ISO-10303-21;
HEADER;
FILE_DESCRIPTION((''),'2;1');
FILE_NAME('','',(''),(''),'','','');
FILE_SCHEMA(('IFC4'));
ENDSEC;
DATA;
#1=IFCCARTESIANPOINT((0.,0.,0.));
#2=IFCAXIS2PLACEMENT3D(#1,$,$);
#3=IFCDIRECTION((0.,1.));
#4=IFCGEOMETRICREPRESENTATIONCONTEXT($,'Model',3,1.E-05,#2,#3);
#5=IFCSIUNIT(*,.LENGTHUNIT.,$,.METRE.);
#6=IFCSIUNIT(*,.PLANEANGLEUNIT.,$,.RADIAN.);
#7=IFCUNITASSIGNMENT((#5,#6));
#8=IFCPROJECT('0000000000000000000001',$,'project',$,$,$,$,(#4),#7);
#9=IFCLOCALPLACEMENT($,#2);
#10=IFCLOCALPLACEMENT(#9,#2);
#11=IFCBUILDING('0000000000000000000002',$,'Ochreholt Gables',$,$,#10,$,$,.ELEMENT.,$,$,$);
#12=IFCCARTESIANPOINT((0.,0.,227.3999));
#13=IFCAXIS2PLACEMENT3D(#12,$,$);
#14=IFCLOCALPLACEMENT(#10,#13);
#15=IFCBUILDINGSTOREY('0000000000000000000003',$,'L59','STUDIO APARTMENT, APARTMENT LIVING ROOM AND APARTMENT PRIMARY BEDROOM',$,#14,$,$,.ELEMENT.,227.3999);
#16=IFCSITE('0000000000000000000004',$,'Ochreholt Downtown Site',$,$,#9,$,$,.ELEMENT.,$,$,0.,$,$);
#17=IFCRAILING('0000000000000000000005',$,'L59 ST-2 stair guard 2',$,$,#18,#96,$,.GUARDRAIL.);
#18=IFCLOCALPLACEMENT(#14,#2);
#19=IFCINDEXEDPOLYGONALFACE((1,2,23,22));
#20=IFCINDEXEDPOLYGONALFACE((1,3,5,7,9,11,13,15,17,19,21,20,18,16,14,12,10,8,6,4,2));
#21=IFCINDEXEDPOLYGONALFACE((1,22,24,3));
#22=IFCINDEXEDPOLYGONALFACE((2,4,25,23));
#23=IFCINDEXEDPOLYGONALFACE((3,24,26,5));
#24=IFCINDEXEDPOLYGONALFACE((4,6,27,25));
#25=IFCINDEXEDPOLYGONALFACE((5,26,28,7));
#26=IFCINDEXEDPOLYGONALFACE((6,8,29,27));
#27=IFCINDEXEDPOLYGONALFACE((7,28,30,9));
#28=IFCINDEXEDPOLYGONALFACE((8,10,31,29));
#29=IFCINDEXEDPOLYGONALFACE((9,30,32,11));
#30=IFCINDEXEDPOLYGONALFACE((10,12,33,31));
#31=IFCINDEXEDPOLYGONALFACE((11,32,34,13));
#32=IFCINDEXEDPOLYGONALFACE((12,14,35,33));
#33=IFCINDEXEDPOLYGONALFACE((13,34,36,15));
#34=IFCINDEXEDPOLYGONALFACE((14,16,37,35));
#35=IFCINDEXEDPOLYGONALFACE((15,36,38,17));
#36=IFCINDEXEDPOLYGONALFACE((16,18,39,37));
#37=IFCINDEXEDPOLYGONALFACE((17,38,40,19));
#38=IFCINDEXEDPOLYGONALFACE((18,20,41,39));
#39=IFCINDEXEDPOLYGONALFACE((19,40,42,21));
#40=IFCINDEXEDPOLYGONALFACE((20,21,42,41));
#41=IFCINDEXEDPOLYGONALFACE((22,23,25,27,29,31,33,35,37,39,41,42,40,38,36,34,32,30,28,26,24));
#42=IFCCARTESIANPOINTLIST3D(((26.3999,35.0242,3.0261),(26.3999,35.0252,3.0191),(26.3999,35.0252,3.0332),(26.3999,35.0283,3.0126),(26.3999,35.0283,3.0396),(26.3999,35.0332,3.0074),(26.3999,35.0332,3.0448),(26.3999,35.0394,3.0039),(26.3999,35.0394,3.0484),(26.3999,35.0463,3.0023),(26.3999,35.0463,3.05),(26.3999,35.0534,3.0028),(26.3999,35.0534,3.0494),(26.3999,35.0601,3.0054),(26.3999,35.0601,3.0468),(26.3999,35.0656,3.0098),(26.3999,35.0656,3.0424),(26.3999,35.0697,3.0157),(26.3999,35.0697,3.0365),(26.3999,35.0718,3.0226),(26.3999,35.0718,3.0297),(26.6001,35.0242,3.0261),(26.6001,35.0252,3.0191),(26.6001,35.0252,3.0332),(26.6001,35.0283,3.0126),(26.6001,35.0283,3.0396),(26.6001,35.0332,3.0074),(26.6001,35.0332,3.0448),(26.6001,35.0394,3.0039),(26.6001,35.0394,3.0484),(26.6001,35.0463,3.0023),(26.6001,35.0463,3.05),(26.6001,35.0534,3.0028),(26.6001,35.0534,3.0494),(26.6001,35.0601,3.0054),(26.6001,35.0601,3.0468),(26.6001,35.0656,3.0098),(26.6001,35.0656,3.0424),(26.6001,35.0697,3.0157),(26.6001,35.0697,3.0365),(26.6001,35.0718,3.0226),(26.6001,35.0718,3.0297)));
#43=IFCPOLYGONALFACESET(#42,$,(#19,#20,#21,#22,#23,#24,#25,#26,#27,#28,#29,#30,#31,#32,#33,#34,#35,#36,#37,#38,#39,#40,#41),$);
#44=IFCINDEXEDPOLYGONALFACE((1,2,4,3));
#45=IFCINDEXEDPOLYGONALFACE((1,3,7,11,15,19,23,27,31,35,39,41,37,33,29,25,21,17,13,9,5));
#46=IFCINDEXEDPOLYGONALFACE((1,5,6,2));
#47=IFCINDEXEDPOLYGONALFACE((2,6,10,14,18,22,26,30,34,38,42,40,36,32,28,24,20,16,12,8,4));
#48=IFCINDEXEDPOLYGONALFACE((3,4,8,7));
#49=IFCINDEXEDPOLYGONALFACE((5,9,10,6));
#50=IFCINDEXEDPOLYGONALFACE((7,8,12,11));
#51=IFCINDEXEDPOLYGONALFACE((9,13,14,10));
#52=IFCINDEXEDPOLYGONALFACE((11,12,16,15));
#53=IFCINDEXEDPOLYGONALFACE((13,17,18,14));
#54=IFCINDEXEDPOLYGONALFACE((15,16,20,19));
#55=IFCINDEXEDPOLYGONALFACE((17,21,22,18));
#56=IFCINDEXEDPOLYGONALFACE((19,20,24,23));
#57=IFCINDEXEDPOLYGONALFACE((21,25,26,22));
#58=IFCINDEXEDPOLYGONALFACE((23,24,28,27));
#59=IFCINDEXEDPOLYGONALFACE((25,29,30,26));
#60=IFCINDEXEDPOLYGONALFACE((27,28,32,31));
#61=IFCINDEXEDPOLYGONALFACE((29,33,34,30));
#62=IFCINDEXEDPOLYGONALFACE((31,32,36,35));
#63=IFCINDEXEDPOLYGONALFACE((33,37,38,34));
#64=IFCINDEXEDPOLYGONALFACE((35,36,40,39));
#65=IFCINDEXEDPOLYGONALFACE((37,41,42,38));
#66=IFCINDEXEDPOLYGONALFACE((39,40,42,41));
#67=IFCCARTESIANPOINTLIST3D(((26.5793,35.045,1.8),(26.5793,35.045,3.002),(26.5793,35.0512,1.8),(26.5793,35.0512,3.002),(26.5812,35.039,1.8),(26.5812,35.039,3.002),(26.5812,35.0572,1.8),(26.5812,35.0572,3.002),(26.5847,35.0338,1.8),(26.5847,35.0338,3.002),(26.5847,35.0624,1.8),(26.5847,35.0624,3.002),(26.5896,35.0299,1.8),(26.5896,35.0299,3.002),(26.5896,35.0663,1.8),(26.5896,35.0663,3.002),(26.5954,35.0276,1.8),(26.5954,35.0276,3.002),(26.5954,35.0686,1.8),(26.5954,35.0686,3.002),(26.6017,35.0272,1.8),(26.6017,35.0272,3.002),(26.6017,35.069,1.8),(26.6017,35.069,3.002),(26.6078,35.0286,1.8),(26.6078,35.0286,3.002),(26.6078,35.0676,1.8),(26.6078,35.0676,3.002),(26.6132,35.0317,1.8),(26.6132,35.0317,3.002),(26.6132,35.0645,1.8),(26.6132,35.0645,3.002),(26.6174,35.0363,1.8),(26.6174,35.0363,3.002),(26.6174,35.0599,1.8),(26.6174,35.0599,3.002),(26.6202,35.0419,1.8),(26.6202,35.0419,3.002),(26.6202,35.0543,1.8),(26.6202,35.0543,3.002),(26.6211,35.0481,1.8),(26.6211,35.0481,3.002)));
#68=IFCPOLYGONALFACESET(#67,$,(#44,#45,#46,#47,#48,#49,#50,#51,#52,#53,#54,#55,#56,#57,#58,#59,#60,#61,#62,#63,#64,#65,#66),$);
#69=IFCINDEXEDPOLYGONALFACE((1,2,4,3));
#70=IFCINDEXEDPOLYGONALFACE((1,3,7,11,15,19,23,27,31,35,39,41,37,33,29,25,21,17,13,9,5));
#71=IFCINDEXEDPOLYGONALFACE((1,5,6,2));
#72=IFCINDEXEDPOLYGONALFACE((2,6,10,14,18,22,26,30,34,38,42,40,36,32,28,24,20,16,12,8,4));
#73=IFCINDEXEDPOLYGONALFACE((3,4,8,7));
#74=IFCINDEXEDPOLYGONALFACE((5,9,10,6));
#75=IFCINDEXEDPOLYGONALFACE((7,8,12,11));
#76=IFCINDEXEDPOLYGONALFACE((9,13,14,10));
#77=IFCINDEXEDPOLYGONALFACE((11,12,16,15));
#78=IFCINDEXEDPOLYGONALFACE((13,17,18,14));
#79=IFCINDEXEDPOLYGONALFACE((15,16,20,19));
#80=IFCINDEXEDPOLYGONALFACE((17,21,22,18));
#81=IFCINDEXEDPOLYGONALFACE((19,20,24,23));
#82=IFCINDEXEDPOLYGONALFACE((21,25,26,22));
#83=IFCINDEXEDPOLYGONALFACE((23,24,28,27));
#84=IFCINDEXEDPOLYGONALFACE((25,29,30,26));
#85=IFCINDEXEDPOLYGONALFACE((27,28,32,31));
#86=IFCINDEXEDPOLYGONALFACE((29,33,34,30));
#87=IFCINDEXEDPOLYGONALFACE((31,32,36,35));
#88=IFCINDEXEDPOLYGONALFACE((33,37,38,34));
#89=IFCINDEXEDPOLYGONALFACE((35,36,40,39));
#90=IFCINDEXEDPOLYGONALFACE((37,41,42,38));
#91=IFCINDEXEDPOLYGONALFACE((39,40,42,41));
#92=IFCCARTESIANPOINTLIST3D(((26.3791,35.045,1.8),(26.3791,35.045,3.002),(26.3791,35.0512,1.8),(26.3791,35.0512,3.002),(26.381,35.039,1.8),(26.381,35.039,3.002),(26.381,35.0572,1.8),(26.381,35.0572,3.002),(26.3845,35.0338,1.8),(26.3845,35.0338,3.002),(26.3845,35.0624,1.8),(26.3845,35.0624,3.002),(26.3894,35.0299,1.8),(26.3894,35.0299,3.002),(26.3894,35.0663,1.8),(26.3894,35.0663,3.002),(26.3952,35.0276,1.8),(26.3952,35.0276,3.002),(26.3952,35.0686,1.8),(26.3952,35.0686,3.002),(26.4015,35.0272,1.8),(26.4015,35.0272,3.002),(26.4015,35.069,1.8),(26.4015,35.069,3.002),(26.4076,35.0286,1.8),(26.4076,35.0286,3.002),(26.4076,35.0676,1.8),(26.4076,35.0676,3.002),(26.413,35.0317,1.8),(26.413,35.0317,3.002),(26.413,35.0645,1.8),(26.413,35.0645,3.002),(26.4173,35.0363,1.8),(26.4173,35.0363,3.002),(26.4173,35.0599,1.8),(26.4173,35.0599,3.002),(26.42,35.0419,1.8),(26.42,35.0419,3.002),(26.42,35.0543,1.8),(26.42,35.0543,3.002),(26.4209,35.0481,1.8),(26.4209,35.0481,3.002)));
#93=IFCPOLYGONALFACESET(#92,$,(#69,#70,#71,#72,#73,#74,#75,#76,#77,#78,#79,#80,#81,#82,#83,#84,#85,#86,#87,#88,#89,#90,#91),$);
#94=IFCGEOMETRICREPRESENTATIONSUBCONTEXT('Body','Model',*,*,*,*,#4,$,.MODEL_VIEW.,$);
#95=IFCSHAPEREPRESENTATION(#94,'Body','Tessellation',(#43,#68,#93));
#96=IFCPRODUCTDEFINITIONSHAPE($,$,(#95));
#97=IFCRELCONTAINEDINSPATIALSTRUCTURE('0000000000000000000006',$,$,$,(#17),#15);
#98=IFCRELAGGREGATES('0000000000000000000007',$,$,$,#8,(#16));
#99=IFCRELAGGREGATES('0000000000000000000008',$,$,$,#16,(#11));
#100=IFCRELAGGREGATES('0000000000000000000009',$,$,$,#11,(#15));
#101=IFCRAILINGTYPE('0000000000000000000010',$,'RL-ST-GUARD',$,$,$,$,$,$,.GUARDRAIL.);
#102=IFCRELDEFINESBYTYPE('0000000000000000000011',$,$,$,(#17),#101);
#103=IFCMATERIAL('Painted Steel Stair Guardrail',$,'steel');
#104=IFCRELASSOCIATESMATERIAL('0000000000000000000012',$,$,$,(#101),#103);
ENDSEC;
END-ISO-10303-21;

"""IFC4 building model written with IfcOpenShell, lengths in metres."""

from ifc_helpers import new_model, si_unit, direction, frame, origin, origin_2d, place, context, subcontext, project, spatial, circle, extrude, material, type_object, element, save


model = new_model("IFC4")

# Units and contexts
model_context = context("Model", 3, precision=1e-05, world=origin(), true_north=direction((0.0, 1.0)))
body_context = subcontext(model_context, "Body", "Model", "MODEL_VIEW")
ifc_project = project(units=[si_unit("LENGTHUNIT", "METRE"), si_unit("PLANEANGLEUNIT", "RADIAN")], contexts=[model_context])

# Site, building, storey
site_placement = place(None, origin())
site = spatial("IfcSite", under=ifc_project, at=site_placement, Name="Ochreholt Downtown Site", CompositionType="ELEMENT", RefElevation=0.0)
building_placement = place(site_placement, origin())
building = spatial("IfcBuilding", under=site, at=building_placement, Name="Ochreholt Gables", CompositionType="ELEMENT")
storey_placement = place(building_placement, frame((0.0, 0.0, 227.3999)))
storey = spatial("IfcBuildingStorey", under=building, at=storey_placement, Name="L59", Description="STUDIO APARTMENT, APARTMENT LIVING ROOM AND APARTMENT PRIMARY BEDROOM", CompositionType="ELEMENT", Elevation=227.3999)

# Railing
ifc_material_1 = material(Name="Painted Steel Stair Guardrail", Category="steel")
railing_type_1 = type_object("IfcRailingType", Name="RL-ST-GUARD", PredefinedType="GUARDRAIL", material=ifc_material_1)
railing_1_placement = place(storey_placement, frame((26.6001, 35.0481, 1.8)))
element("IfcRailing", 1, at=railing_1_placement, inside=storey, type_object=railing_type_1, Name="L59 ST-2 stair guard 2", PredefinedType="GUARDRAIL", context=body_context, shape_type="SweptSolid", body=[
    extrude(circle(Radius=0.0239, at=origin_2d()), frame((0.0, 0.0, 1.2261), z_axis=(-1.0, 0.0, 0.0), x_axis=(0.0, -1.0, 0.0)), (0.0, 0.0, 1.0), 0.2002),
    extrude(circle(Radius=0.021, at=origin_2d()), origin(), (0.0, 0.0, 1.0), 1.2019),
    extrude(circle(Radius=0.021, at=origin_2d()), frame((-0.2002, 0.0, 0.0)), (0.0, 0.0, 1.0), 1.2019),
])

save(model, "model.ifc")
